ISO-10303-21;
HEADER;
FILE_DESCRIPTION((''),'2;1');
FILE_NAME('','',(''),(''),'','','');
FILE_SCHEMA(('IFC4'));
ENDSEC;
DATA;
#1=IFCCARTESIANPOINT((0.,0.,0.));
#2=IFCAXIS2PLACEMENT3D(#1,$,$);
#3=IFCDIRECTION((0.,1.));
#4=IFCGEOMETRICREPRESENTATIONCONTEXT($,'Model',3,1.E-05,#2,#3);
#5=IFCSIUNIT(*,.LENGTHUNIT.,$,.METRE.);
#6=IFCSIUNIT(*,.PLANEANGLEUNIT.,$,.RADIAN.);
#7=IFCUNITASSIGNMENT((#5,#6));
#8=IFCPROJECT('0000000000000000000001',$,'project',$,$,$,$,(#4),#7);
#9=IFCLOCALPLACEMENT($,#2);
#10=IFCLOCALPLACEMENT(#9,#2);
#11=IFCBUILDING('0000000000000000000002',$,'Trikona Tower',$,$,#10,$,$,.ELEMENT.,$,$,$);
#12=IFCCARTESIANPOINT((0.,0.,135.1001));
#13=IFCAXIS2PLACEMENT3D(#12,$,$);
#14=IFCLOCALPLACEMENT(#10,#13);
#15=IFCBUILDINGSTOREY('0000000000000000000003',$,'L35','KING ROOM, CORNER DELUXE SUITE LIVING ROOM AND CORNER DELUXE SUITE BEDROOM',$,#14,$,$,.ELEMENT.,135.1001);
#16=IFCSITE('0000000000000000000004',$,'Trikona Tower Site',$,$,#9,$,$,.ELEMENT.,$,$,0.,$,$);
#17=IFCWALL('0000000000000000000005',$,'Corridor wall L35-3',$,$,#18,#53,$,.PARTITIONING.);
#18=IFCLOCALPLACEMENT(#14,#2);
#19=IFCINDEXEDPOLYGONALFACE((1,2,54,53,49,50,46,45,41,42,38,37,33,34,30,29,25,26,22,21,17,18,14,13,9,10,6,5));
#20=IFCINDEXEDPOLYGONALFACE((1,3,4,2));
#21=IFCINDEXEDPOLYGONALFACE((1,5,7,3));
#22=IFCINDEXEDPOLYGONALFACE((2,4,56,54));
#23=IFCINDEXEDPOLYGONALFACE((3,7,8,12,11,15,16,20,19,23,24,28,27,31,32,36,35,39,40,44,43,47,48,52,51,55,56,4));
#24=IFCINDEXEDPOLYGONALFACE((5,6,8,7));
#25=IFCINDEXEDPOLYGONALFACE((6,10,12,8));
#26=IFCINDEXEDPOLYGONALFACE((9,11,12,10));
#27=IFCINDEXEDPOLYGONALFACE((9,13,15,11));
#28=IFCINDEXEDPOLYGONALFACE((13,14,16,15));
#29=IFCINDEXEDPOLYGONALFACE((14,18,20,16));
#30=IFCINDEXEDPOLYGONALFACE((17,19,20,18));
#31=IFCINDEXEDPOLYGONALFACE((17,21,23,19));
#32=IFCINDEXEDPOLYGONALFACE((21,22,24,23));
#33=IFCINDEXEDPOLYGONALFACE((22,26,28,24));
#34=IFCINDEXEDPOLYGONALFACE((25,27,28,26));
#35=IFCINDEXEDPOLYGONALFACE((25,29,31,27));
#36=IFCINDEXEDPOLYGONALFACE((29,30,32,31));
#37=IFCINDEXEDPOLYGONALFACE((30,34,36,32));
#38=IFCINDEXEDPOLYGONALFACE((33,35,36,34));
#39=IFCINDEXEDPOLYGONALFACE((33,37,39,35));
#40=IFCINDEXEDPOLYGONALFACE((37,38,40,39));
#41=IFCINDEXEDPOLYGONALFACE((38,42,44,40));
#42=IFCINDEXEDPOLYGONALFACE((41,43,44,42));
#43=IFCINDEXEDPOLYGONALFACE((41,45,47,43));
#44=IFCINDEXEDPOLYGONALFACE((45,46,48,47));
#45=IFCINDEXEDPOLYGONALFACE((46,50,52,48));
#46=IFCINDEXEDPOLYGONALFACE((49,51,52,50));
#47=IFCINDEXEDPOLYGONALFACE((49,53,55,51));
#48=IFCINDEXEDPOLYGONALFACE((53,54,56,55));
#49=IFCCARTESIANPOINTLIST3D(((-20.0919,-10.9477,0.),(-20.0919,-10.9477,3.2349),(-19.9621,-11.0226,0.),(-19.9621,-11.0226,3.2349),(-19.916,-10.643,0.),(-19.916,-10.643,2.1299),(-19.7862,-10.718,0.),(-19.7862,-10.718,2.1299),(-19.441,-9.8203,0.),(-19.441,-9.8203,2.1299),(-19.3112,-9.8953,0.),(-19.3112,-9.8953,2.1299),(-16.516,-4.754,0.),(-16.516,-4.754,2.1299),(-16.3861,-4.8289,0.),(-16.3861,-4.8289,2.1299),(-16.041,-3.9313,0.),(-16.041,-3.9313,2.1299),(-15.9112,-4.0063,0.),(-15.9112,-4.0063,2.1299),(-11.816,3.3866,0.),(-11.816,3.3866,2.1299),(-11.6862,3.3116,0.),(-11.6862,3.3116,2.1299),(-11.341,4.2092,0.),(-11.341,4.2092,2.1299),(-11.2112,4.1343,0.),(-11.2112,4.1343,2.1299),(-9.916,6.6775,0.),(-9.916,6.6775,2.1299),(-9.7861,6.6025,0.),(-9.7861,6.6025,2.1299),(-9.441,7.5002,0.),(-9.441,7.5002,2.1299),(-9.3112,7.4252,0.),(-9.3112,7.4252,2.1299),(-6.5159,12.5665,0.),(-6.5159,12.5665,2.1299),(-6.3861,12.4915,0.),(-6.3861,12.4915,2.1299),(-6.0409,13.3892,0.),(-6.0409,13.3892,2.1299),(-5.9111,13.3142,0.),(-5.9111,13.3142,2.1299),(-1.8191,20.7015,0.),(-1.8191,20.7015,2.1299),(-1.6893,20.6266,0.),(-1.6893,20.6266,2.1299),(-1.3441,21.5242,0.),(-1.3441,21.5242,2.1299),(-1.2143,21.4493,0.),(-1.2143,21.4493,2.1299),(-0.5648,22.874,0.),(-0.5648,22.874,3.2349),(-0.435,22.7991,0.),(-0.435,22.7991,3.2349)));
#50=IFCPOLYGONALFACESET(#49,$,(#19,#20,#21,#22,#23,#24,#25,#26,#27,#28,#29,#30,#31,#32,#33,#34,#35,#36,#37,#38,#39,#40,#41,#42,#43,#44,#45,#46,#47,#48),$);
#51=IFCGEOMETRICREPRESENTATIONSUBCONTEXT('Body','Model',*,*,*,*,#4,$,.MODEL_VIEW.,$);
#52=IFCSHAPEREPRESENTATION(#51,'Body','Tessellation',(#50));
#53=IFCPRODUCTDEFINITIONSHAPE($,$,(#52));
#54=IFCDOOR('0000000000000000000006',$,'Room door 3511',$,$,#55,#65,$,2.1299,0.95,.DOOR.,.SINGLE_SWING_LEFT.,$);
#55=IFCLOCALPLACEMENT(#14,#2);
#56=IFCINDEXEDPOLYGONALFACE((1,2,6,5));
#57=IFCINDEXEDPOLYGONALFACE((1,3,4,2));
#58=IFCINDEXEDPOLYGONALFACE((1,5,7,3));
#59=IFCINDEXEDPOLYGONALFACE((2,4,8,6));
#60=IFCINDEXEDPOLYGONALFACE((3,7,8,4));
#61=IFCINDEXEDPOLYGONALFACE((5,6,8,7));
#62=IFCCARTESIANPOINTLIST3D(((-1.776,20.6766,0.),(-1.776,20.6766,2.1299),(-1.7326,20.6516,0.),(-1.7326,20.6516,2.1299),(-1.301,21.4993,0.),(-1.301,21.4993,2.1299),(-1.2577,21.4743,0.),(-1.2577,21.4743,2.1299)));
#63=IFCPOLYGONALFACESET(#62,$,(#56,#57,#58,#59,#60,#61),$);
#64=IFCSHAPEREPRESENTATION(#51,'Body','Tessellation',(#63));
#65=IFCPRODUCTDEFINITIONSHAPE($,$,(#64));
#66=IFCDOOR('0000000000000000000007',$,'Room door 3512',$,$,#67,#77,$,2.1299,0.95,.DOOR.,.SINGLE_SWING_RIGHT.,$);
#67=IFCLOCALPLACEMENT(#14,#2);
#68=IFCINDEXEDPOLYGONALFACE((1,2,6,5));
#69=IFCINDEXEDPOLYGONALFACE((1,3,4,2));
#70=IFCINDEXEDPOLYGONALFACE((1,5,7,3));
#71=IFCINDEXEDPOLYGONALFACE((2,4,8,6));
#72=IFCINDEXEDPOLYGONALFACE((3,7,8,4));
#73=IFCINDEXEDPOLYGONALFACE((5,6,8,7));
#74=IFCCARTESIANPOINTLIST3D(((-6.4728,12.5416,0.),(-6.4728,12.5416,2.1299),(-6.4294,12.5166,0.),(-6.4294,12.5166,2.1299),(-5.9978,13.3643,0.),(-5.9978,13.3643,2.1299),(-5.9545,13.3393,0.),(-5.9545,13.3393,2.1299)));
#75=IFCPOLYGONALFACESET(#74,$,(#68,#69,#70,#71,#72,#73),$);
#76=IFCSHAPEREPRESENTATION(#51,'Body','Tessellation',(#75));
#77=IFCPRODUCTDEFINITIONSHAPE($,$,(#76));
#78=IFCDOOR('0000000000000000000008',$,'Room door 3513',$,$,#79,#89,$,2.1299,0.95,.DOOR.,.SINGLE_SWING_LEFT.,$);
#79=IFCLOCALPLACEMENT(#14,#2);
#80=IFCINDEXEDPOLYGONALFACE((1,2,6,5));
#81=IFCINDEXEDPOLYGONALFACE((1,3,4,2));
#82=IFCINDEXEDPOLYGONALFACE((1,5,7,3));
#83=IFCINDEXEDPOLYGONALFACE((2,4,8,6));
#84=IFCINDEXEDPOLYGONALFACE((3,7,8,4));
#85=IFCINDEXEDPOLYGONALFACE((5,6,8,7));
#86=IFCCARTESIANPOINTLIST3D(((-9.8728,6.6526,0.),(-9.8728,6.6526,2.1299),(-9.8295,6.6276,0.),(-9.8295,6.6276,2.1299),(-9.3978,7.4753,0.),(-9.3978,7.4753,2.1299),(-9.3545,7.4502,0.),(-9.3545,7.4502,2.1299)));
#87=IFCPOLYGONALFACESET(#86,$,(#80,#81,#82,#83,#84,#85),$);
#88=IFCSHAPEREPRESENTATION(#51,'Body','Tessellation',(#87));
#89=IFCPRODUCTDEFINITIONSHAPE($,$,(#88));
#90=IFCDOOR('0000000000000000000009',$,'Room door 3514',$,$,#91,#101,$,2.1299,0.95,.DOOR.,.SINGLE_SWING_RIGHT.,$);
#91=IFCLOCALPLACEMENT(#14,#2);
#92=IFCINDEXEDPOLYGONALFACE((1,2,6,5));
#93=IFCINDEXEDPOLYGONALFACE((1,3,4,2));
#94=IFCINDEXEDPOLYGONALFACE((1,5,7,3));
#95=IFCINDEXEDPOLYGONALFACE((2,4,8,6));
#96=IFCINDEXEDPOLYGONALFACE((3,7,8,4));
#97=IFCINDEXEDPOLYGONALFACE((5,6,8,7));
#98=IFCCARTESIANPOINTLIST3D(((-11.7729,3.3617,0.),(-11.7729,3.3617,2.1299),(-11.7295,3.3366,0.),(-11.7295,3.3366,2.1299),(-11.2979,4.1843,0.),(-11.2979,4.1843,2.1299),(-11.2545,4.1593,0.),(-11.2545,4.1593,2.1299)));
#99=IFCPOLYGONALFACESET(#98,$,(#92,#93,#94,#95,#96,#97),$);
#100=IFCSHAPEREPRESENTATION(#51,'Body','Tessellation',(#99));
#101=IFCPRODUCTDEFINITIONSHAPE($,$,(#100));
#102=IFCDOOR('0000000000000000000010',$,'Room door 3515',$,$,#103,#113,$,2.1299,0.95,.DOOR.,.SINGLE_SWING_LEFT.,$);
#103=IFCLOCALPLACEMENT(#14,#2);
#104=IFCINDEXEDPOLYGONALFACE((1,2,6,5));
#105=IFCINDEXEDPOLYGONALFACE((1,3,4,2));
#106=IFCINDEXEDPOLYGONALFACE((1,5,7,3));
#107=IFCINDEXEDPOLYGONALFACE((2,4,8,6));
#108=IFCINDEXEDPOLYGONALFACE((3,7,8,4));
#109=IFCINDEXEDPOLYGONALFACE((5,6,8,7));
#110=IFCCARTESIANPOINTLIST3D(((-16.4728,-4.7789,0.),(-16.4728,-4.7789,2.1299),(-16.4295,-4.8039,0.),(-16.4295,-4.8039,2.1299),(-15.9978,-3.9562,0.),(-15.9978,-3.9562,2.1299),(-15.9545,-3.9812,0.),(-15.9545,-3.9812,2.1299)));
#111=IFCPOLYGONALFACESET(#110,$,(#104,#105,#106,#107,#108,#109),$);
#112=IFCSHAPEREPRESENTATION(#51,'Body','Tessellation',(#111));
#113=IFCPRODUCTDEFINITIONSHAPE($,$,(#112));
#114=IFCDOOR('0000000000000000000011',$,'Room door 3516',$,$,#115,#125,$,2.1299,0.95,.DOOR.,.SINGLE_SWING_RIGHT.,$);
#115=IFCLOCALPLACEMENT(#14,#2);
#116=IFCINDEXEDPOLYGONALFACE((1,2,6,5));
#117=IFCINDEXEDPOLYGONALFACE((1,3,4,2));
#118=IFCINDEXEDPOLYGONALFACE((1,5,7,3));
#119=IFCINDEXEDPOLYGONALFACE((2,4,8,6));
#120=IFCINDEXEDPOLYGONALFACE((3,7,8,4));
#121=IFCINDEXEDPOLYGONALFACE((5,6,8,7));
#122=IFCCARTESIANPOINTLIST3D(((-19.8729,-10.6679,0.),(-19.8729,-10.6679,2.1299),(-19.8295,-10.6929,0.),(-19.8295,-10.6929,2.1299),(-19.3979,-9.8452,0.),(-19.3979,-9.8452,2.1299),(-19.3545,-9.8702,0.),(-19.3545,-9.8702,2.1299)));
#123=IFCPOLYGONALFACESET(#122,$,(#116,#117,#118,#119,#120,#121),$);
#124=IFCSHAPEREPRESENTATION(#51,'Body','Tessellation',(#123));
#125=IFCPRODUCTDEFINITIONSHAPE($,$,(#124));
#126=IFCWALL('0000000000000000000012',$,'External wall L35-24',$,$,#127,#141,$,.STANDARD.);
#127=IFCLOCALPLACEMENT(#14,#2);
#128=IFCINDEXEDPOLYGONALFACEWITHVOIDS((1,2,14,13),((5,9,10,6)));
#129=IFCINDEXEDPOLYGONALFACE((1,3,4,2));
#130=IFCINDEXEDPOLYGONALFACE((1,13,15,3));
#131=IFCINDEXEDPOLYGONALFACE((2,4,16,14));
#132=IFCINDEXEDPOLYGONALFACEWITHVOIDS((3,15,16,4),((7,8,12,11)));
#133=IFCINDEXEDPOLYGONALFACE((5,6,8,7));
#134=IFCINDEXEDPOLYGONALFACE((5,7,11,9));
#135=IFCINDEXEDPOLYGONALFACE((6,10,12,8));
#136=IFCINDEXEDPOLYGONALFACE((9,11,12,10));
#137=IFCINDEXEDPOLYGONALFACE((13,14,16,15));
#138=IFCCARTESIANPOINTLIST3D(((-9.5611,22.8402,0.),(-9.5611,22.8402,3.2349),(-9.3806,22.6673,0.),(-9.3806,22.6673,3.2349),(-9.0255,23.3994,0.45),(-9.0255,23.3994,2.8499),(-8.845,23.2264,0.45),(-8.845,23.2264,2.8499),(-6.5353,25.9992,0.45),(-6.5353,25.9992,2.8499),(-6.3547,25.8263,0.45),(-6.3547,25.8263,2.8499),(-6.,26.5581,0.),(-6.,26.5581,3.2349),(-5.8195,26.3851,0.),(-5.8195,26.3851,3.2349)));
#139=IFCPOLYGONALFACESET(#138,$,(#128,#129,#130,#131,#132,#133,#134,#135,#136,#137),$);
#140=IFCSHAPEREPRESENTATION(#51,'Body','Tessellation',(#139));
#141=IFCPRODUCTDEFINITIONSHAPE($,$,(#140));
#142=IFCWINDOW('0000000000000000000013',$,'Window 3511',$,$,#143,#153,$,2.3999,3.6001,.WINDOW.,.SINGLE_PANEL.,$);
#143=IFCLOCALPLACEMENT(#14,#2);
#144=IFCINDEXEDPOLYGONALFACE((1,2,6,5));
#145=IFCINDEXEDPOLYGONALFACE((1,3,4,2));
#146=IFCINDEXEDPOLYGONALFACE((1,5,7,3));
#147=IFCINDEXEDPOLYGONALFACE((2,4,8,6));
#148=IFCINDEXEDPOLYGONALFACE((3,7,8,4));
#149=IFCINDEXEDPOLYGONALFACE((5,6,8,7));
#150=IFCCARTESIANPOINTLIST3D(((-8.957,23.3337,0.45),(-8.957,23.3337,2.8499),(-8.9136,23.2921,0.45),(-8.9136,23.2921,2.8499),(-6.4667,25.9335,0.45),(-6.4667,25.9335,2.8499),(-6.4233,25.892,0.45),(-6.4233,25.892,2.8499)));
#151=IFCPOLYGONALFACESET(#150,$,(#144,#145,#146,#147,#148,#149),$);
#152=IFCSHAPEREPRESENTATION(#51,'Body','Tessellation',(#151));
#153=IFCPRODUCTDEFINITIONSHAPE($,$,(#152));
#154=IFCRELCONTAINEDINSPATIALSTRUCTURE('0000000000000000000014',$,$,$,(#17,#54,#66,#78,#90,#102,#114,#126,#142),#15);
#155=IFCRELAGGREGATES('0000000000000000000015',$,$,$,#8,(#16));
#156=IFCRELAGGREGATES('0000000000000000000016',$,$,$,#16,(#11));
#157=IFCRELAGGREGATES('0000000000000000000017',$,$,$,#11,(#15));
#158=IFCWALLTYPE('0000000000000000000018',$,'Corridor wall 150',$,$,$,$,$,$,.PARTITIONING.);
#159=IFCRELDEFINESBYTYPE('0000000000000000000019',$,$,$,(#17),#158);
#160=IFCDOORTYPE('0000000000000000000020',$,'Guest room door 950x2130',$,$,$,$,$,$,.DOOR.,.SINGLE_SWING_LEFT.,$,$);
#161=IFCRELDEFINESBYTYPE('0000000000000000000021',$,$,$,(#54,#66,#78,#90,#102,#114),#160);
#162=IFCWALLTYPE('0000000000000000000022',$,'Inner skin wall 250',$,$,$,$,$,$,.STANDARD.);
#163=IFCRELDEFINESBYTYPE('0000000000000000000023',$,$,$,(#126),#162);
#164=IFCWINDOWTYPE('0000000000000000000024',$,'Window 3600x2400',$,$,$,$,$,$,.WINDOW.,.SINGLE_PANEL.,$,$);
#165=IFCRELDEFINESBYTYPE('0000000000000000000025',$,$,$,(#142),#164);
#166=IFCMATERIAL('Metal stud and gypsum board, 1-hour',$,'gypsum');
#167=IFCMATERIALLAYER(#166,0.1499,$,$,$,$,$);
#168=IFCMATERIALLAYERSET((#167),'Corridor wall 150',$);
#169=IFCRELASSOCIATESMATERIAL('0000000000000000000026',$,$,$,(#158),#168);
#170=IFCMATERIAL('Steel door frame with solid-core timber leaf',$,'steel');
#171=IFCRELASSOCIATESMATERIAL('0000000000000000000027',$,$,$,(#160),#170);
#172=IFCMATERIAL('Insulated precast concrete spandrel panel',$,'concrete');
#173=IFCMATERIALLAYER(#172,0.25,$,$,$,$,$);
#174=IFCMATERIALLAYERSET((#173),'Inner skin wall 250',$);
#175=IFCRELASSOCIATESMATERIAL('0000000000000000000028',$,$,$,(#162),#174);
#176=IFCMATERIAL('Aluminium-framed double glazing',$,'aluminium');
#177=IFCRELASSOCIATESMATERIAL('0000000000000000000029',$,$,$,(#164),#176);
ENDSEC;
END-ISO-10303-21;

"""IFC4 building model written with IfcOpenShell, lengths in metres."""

from ifc_helpers import new_model, si_unit, direction, frame, frame_2d, origin, place, context, subcontext, project, spatial, rectangle, extrude, material, layer, layer_set, type_object, element, fill, save


model = new_model("IFC4")

# Units and contexts
model_context = context("Model", 3, precision=1e-05, world=origin(), true_north=direction((0.0, 1.0)))
body_context = subcontext(model_context, "Body", "Model", "MODEL_VIEW")
ifc_project = project(units=[si_unit("LENGTHUNIT", "METRE"), si_unit("PLANEANGLEUNIT", "RADIAN")], contexts=[model_context])

# Site, building, storey
site_placement = place(None, origin())
site = spatial("IfcSite", under=ifc_project, at=site_placement, Name="Trikona Tower Site", CompositionType="ELEMENT", RefElevation=0.0)
building_placement = place(site_placement, origin())
building = spatial("IfcBuilding", under=site, at=building_placement, Name="Trikona Tower", CompositionType="ELEMENT")
storey_placement = place(building_placement, frame((0.0, 0.0, 135.1001)))
storey = spatial("IfcBuildingStorey", under=building, at=storey_placement, Name="L35", Description="KING ROOM, CORNER DELUXE SUITE LIVING ROOM AND CORNER DELUXE SUITE BEDROOM", CompositionType="ELEMENT", Elevation=135.1001)

# Wall, openings, doors
ifc_material_1 = material(Name="Metal stud and gypsum board, 1-hour", Category="gypsum")
ifc_layer_1 = layer(ifc_material_1, 0.1499)
ifc_layer_set_1 = layer_set([ifc_layer_1], Name="Corridor wall 150")
wall_type_1 = type_object("IfcWallType", Name="Corridor wall 150", PredefinedType="PARTITIONING", material=ifc_layer_set_1)
wall_1_placement = place(storey_placement, frame((-0.5, 22.8364, 0.0), z_axis=(0.0, 0.0, 1.0), x_axis=(-0.500002, -0.866024, 0.0)))
wall_1 = element("IfcWall", 1, at=wall_1_placement, inside=storey, type_object=wall_type_1, Name="Corridor wall L35-3", PredefinedType="PARTITIONING", context=body_context, shape_type="SweptSolid", body=[
    extrude(rectangle(XDim=39.054, YDim=0.1499, at=frame_2d((19.5269, 0.0))), origin(), (0.0, 0.0, 1.0), 3.2349),
])
opening_1_placement = place(wall_1_placement, frame((1.5583, 0.0, 0.0)))
opening_1 = element("IfcOpeningElement", 2, at=opening_1_placement, cuts=wall_1, PredefinedType="OPENING", context=body_context, shape_type="SweptSolid", body=[
    extrude(rectangle(XDim=0.95, YDim=2.1299, at=frame_2d((0.4751, 1.0649))), frame((0.0, 0.085, 0.0), z_axis=(0.0, -1.0, 0.0), x_axis=(1.0, 0.0, 0.0)), (0.0, 0.0, 1.0), 0.1699),
])
opening_2_placement = place(wall_1_placement, frame((10.9519, 0.0, 0.0)))
opening_2 = element("IfcOpeningElement", 3, at=opening_2_placement, cuts=wall_1, PredefinedType="OPENING", context=body_context, shape_type="SweptSolid", body=[
    extrude(rectangle(XDim=0.95, YDim=2.1299, at=frame_2d((0.4751, 1.0649))), frame((0.0, 0.085, 0.0), z_axis=(0.0, -1.0, 0.0), x_axis=(1.0, 0.0, 0.0)), (0.0, 0.0, 1.0), 0.1699),
])
opening_3_placement = place(wall_1_placement, frame((17.752, 0.0, 0.0)))
opening_3 = element("IfcOpeningElement", 4, at=opening_3_placement, cuts=wall_1, PredefinedType="OPENING", context=body_context, shape_type="SweptSolid", body=[
    extrude(rectangle(XDim=0.95, YDim=2.1299, at=frame_2d((0.4751, 1.0649))), frame((0.0, 0.085, 0.0), z_axis=(0.0, -1.0, 0.0), x_axis=(1.0, 0.0, 0.0)), (0.0, 0.0, 1.0), 0.1699),
])
opening_4_placement = place(wall_1_placement, frame((21.552, 0.0, 0.0)))
opening_4 = element("IfcOpeningElement", 5, at=opening_4_placement, cuts=wall_1, PredefinedType="OPENING", context=body_context, shape_type="SweptSolid", body=[
    extrude(rectangle(XDim=0.95, YDim=2.1299, at=frame_2d((0.4751, 1.0649))), frame((0.0, 0.085, 0.0), z_axis=(0.0, -1.0, 0.0), x_axis=(1.0, 0.0, 0.0)), (0.0, 0.0, 1.0), 0.1699),
])
opening_5_placement = place(wall_1_placement, frame((30.9519, 0.0, 0.0)))
opening_5 = element("IfcOpeningElement", 6, at=opening_5_placement, cuts=wall_1, PredefinedType="OPENING", context=body_context, shape_type="SweptSolid", body=[
    extrude(rectangle(XDim=0.95, YDim=2.1299, at=frame_2d((0.4751, 1.0649))), frame((0.0, 0.085, 0.0), z_axis=(0.0, -1.0, 0.0), x_axis=(1.0, 0.0, 0.0)), (0.0, 0.0, 1.0), 0.1699),
])
opening_6_placement = place(wall_1_placement, frame((37.752, 0.0, 0.0)))
opening_6 = element("IfcOpeningElement", 7, at=opening_6_placement, cuts=wall_1, PredefinedType="OPENING", context=body_context, shape_type="SweptSolid", body=[
    extrude(rectangle(XDim=0.95, YDim=2.1299, at=frame_2d((0.4751, 1.0649))), frame((0.0, 0.085, 0.0), z_axis=(0.0, -1.0, 0.0), x_axis=(1.0, 0.0, 0.0)), (0.0, 0.0, 1.0), 0.1699),
])
ifc_material_2 = material(Name="Steel door frame with solid-core timber leaf", Category="steel")
door_type = type_object("IfcDoorType", Name="Guest room door 950x2130", OperationType="SINGLE_SWING_LEFT", PredefinedType="DOOR", material=ifc_material_2)
door_1_placement = place(opening_1_placement, origin())
door_1 = element("IfcDoor", 8, at=door_1_placement, inside=storey, type_object=door_type, Name="Room door 3511", OperationType="SINGLE_SWING_LEFT", OverallHeight=2.1299, OverallWidth=0.95, PredefinedType="DOOR", context=body_context, shape_type="SweptSolid", body=[
    extrude(rectangle(XDim=0.95, YDim=2.1299, at=frame_2d((0.4751, 1.0649))), frame((0.0, 0.0249, 0.0), z_axis=(0.0, -1.0, 0.0), x_axis=(1.0, 0.0, 0.0)), (0.0, 0.0, 1.0), 0.05),
])
fill(opening_1, door_1)
door_2_placement = place(opening_2_placement, origin())
door_2 = element("IfcDoor", 9, at=door_2_placement, inside=storey, type_object=door_type, Name="Room door 3512", OperationType="SINGLE_SWING_RIGHT", OverallHeight=2.1299, OverallWidth=0.95, PredefinedType="DOOR", context=body_context, shape_type="SweptSolid", body=[
    extrude(rectangle(XDim=0.95, YDim=2.1299, at=frame_2d((0.4751, 1.0649))), frame((0.0, 0.0249, 0.0), z_axis=(0.0, -1.0, 0.0), x_axis=(1.0, 0.0, 0.0)), (0.0, 0.0, 1.0), 0.05),
])
fill(opening_2, door_2)
door_3_placement = place(opening_3_placement, origin())
door_3 = element("IfcDoor", 10, at=door_3_placement, inside=storey, type_object=door_type, Name="Room door 3513", OperationType="SINGLE_SWING_LEFT", OverallHeight=2.1299, OverallWidth=0.95, PredefinedType="DOOR", context=body_context, shape_type="SweptSolid", body=[
    extrude(rectangle(XDim=0.95, YDim=2.1299, at=frame_2d((0.4751, 1.0649))), frame((0.0, 0.0249, 0.0), z_axis=(0.0, -1.0, 0.0), x_axis=(1.0, 0.0, 0.0)), (0.0, 0.0, 1.0), 0.05),
])
fill(opening_3, door_3)
door_4_placement = place(opening_4_placement, origin())
door_4 = element("IfcDoor", 11, at=door_4_placement, inside=storey, type_object=door_type, Name="Room door 3514", OperationType="SINGLE_SWING_RIGHT", OverallHeight=2.1299, OverallWidth=0.95, PredefinedType="DOOR", context=body_context, shape_type="SweptSolid", body=[
    extrude(rectangle(XDim=0.95, YDim=2.1299, at=frame_2d((0.4751, 1.0649))), frame((0.0, 0.0249, 0.0), z_axis=(0.0, -1.0, 0.0), x_axis=(1.0, 0.0, 0.0)), (0.0, 0.0, 1.0), 0.05),
])
fill(opening_4, door_4)
door_5_placement = place(opening_5_placement, origin())
door_5 = element("IfcDoor", 12, at=door_5_placement, inside=storey, type_object=door_type, Name="Room door 3515", OperationType="SINGLE_SWING_LEFT", OverallHeight=2.1299, OverallWidth=0.95, PredefinedType="DOOR", context=body_context, shape_type="SweptSolid", body=[
    extrude(rectangle(XDim=0.95, YDim=2.1299, at=frame_2d((0.4751, 1.0649))), frame((0.0, 0.0249, 0.0), z_axis=(0.0, -1.0, 0.0), x_axis=(1.0, 0.0, 0.0)), (0.0, 0.0, 1.0), 0.05),
])
fill(opening_5, door_5)
door_6_placement = place(opening_6_placement, origin())
door_6 = element("IfcDoor", 13, at=door_6_placement, inside=storey, type_object=door_type, Name="Room door 3516", OperationType="SINGLE_SWING_RIGHT", OverallHeight=2.1299, OverallWidth=0.95, PredefinedType="DOOR", context=body_context, shape_type="SweptSolid", body=[
    extrude(rectangle(XDim=0.95, YDim=2.1299, at=frame_2d((0.4751, 1.0649))), frame((0.0, 0.0249, 0.0), z_axis=(0.0, -1.0, 0.0), x_axis=(1.0, 0.0, 0.0)), (0.0, 0.0, 1.0), 0.05),
])
fill(opening_6, door_6)

# Wall, opening, window
ifc_material_3 = material(Name="Insulated precast concrete spandrel panel", Category="concrete")
ifc_layer_2 = layer(ifc_material_3, 0.25)
ifc_layer_set_2 = layer_set([ifc_layer_2], Name="Inner skin wall 250")
wall_type_2 = type_object("IfcWallType", Name="Inner skin wall 250", PredefinedType="STANDARD", material=ifc_layer_set_2)
wall_2_placement = place(storey_placement, frame((-5.9097, 26.4717, 0.0), z_axis=(0.0, 0.0, 1.0), x_axis=(-0.69172, -0.722166, 0.0)))
wall_2 = element("IfcWall", 14, at=wall_2_placement, inside=storey, type_object=wall_type_2, Name="External wall L35-24", PredefinedType="STANDARD", context=body_context, shape_type="SweptSolid", body=[
    extrude(rectangle(XDim=5.1482, YDim=0.25, at=frame_2d((2.5742, 0.0))), origin(), (0.0, 0.0, 1.0), 3.2349),
])
opening_7_placement = place(wall_2_placement, frame((0.7739, 0.0, 0.45)))
opening_7 = element("IfcOpeningElement", 15, at=opening_7_placement, cuts=wall_2, PredefinedType="OPENING", context=body_context, shape_type="SweptSolid", body=[
    extrude(rectangle(XDim=3.6001, YDim=2.3999, at=frame_2d((1.8, 1.2))), frame((0.0, 0.135, 0.0), z_axis=(0.0, -1.0, 0.0), x_axis=(1.0, 0.0, 0.0)), (0.0, 0.0, 1.0), 0.27),
])
ifc_material_4 = material(Name="Aluminium-framed double glazing", Category="aluminium")
window_type_1 = type_object("IfcWindowType", Name="Window 3600x2400", PartitioningType="SINGLE_PANEL", PredefinedType="WINDOW", material=ifc_material_4)
window_1_placement = place(opening_7_placement, origin())
window_1 = element("IfcWindow", 16, at=window_1_placement, inside=storey, type_object=window_type_1, Name="Window 3511", OverallHeight=2.3999, OverallWidth=3.6001, PartitioningType="SINGLE_PANEL", PredefinedType="WINDOW", context=body_context, shape_type="SweptSolid", body=[
    extrude(rectangle(XDim=3.6001, YDim=2.3999, at=frame_2d((1.8, 1.2))), frame((0.0, 0.03, 0.0), z_axis=(0.0, -1.0, 0.0), x_axis=(1.0, 0.0, 0.0)), (0.0, 0.0, 1.0), 0.0601),
])
fill(opening_7, window_1)

save(model, "model.ifc")
